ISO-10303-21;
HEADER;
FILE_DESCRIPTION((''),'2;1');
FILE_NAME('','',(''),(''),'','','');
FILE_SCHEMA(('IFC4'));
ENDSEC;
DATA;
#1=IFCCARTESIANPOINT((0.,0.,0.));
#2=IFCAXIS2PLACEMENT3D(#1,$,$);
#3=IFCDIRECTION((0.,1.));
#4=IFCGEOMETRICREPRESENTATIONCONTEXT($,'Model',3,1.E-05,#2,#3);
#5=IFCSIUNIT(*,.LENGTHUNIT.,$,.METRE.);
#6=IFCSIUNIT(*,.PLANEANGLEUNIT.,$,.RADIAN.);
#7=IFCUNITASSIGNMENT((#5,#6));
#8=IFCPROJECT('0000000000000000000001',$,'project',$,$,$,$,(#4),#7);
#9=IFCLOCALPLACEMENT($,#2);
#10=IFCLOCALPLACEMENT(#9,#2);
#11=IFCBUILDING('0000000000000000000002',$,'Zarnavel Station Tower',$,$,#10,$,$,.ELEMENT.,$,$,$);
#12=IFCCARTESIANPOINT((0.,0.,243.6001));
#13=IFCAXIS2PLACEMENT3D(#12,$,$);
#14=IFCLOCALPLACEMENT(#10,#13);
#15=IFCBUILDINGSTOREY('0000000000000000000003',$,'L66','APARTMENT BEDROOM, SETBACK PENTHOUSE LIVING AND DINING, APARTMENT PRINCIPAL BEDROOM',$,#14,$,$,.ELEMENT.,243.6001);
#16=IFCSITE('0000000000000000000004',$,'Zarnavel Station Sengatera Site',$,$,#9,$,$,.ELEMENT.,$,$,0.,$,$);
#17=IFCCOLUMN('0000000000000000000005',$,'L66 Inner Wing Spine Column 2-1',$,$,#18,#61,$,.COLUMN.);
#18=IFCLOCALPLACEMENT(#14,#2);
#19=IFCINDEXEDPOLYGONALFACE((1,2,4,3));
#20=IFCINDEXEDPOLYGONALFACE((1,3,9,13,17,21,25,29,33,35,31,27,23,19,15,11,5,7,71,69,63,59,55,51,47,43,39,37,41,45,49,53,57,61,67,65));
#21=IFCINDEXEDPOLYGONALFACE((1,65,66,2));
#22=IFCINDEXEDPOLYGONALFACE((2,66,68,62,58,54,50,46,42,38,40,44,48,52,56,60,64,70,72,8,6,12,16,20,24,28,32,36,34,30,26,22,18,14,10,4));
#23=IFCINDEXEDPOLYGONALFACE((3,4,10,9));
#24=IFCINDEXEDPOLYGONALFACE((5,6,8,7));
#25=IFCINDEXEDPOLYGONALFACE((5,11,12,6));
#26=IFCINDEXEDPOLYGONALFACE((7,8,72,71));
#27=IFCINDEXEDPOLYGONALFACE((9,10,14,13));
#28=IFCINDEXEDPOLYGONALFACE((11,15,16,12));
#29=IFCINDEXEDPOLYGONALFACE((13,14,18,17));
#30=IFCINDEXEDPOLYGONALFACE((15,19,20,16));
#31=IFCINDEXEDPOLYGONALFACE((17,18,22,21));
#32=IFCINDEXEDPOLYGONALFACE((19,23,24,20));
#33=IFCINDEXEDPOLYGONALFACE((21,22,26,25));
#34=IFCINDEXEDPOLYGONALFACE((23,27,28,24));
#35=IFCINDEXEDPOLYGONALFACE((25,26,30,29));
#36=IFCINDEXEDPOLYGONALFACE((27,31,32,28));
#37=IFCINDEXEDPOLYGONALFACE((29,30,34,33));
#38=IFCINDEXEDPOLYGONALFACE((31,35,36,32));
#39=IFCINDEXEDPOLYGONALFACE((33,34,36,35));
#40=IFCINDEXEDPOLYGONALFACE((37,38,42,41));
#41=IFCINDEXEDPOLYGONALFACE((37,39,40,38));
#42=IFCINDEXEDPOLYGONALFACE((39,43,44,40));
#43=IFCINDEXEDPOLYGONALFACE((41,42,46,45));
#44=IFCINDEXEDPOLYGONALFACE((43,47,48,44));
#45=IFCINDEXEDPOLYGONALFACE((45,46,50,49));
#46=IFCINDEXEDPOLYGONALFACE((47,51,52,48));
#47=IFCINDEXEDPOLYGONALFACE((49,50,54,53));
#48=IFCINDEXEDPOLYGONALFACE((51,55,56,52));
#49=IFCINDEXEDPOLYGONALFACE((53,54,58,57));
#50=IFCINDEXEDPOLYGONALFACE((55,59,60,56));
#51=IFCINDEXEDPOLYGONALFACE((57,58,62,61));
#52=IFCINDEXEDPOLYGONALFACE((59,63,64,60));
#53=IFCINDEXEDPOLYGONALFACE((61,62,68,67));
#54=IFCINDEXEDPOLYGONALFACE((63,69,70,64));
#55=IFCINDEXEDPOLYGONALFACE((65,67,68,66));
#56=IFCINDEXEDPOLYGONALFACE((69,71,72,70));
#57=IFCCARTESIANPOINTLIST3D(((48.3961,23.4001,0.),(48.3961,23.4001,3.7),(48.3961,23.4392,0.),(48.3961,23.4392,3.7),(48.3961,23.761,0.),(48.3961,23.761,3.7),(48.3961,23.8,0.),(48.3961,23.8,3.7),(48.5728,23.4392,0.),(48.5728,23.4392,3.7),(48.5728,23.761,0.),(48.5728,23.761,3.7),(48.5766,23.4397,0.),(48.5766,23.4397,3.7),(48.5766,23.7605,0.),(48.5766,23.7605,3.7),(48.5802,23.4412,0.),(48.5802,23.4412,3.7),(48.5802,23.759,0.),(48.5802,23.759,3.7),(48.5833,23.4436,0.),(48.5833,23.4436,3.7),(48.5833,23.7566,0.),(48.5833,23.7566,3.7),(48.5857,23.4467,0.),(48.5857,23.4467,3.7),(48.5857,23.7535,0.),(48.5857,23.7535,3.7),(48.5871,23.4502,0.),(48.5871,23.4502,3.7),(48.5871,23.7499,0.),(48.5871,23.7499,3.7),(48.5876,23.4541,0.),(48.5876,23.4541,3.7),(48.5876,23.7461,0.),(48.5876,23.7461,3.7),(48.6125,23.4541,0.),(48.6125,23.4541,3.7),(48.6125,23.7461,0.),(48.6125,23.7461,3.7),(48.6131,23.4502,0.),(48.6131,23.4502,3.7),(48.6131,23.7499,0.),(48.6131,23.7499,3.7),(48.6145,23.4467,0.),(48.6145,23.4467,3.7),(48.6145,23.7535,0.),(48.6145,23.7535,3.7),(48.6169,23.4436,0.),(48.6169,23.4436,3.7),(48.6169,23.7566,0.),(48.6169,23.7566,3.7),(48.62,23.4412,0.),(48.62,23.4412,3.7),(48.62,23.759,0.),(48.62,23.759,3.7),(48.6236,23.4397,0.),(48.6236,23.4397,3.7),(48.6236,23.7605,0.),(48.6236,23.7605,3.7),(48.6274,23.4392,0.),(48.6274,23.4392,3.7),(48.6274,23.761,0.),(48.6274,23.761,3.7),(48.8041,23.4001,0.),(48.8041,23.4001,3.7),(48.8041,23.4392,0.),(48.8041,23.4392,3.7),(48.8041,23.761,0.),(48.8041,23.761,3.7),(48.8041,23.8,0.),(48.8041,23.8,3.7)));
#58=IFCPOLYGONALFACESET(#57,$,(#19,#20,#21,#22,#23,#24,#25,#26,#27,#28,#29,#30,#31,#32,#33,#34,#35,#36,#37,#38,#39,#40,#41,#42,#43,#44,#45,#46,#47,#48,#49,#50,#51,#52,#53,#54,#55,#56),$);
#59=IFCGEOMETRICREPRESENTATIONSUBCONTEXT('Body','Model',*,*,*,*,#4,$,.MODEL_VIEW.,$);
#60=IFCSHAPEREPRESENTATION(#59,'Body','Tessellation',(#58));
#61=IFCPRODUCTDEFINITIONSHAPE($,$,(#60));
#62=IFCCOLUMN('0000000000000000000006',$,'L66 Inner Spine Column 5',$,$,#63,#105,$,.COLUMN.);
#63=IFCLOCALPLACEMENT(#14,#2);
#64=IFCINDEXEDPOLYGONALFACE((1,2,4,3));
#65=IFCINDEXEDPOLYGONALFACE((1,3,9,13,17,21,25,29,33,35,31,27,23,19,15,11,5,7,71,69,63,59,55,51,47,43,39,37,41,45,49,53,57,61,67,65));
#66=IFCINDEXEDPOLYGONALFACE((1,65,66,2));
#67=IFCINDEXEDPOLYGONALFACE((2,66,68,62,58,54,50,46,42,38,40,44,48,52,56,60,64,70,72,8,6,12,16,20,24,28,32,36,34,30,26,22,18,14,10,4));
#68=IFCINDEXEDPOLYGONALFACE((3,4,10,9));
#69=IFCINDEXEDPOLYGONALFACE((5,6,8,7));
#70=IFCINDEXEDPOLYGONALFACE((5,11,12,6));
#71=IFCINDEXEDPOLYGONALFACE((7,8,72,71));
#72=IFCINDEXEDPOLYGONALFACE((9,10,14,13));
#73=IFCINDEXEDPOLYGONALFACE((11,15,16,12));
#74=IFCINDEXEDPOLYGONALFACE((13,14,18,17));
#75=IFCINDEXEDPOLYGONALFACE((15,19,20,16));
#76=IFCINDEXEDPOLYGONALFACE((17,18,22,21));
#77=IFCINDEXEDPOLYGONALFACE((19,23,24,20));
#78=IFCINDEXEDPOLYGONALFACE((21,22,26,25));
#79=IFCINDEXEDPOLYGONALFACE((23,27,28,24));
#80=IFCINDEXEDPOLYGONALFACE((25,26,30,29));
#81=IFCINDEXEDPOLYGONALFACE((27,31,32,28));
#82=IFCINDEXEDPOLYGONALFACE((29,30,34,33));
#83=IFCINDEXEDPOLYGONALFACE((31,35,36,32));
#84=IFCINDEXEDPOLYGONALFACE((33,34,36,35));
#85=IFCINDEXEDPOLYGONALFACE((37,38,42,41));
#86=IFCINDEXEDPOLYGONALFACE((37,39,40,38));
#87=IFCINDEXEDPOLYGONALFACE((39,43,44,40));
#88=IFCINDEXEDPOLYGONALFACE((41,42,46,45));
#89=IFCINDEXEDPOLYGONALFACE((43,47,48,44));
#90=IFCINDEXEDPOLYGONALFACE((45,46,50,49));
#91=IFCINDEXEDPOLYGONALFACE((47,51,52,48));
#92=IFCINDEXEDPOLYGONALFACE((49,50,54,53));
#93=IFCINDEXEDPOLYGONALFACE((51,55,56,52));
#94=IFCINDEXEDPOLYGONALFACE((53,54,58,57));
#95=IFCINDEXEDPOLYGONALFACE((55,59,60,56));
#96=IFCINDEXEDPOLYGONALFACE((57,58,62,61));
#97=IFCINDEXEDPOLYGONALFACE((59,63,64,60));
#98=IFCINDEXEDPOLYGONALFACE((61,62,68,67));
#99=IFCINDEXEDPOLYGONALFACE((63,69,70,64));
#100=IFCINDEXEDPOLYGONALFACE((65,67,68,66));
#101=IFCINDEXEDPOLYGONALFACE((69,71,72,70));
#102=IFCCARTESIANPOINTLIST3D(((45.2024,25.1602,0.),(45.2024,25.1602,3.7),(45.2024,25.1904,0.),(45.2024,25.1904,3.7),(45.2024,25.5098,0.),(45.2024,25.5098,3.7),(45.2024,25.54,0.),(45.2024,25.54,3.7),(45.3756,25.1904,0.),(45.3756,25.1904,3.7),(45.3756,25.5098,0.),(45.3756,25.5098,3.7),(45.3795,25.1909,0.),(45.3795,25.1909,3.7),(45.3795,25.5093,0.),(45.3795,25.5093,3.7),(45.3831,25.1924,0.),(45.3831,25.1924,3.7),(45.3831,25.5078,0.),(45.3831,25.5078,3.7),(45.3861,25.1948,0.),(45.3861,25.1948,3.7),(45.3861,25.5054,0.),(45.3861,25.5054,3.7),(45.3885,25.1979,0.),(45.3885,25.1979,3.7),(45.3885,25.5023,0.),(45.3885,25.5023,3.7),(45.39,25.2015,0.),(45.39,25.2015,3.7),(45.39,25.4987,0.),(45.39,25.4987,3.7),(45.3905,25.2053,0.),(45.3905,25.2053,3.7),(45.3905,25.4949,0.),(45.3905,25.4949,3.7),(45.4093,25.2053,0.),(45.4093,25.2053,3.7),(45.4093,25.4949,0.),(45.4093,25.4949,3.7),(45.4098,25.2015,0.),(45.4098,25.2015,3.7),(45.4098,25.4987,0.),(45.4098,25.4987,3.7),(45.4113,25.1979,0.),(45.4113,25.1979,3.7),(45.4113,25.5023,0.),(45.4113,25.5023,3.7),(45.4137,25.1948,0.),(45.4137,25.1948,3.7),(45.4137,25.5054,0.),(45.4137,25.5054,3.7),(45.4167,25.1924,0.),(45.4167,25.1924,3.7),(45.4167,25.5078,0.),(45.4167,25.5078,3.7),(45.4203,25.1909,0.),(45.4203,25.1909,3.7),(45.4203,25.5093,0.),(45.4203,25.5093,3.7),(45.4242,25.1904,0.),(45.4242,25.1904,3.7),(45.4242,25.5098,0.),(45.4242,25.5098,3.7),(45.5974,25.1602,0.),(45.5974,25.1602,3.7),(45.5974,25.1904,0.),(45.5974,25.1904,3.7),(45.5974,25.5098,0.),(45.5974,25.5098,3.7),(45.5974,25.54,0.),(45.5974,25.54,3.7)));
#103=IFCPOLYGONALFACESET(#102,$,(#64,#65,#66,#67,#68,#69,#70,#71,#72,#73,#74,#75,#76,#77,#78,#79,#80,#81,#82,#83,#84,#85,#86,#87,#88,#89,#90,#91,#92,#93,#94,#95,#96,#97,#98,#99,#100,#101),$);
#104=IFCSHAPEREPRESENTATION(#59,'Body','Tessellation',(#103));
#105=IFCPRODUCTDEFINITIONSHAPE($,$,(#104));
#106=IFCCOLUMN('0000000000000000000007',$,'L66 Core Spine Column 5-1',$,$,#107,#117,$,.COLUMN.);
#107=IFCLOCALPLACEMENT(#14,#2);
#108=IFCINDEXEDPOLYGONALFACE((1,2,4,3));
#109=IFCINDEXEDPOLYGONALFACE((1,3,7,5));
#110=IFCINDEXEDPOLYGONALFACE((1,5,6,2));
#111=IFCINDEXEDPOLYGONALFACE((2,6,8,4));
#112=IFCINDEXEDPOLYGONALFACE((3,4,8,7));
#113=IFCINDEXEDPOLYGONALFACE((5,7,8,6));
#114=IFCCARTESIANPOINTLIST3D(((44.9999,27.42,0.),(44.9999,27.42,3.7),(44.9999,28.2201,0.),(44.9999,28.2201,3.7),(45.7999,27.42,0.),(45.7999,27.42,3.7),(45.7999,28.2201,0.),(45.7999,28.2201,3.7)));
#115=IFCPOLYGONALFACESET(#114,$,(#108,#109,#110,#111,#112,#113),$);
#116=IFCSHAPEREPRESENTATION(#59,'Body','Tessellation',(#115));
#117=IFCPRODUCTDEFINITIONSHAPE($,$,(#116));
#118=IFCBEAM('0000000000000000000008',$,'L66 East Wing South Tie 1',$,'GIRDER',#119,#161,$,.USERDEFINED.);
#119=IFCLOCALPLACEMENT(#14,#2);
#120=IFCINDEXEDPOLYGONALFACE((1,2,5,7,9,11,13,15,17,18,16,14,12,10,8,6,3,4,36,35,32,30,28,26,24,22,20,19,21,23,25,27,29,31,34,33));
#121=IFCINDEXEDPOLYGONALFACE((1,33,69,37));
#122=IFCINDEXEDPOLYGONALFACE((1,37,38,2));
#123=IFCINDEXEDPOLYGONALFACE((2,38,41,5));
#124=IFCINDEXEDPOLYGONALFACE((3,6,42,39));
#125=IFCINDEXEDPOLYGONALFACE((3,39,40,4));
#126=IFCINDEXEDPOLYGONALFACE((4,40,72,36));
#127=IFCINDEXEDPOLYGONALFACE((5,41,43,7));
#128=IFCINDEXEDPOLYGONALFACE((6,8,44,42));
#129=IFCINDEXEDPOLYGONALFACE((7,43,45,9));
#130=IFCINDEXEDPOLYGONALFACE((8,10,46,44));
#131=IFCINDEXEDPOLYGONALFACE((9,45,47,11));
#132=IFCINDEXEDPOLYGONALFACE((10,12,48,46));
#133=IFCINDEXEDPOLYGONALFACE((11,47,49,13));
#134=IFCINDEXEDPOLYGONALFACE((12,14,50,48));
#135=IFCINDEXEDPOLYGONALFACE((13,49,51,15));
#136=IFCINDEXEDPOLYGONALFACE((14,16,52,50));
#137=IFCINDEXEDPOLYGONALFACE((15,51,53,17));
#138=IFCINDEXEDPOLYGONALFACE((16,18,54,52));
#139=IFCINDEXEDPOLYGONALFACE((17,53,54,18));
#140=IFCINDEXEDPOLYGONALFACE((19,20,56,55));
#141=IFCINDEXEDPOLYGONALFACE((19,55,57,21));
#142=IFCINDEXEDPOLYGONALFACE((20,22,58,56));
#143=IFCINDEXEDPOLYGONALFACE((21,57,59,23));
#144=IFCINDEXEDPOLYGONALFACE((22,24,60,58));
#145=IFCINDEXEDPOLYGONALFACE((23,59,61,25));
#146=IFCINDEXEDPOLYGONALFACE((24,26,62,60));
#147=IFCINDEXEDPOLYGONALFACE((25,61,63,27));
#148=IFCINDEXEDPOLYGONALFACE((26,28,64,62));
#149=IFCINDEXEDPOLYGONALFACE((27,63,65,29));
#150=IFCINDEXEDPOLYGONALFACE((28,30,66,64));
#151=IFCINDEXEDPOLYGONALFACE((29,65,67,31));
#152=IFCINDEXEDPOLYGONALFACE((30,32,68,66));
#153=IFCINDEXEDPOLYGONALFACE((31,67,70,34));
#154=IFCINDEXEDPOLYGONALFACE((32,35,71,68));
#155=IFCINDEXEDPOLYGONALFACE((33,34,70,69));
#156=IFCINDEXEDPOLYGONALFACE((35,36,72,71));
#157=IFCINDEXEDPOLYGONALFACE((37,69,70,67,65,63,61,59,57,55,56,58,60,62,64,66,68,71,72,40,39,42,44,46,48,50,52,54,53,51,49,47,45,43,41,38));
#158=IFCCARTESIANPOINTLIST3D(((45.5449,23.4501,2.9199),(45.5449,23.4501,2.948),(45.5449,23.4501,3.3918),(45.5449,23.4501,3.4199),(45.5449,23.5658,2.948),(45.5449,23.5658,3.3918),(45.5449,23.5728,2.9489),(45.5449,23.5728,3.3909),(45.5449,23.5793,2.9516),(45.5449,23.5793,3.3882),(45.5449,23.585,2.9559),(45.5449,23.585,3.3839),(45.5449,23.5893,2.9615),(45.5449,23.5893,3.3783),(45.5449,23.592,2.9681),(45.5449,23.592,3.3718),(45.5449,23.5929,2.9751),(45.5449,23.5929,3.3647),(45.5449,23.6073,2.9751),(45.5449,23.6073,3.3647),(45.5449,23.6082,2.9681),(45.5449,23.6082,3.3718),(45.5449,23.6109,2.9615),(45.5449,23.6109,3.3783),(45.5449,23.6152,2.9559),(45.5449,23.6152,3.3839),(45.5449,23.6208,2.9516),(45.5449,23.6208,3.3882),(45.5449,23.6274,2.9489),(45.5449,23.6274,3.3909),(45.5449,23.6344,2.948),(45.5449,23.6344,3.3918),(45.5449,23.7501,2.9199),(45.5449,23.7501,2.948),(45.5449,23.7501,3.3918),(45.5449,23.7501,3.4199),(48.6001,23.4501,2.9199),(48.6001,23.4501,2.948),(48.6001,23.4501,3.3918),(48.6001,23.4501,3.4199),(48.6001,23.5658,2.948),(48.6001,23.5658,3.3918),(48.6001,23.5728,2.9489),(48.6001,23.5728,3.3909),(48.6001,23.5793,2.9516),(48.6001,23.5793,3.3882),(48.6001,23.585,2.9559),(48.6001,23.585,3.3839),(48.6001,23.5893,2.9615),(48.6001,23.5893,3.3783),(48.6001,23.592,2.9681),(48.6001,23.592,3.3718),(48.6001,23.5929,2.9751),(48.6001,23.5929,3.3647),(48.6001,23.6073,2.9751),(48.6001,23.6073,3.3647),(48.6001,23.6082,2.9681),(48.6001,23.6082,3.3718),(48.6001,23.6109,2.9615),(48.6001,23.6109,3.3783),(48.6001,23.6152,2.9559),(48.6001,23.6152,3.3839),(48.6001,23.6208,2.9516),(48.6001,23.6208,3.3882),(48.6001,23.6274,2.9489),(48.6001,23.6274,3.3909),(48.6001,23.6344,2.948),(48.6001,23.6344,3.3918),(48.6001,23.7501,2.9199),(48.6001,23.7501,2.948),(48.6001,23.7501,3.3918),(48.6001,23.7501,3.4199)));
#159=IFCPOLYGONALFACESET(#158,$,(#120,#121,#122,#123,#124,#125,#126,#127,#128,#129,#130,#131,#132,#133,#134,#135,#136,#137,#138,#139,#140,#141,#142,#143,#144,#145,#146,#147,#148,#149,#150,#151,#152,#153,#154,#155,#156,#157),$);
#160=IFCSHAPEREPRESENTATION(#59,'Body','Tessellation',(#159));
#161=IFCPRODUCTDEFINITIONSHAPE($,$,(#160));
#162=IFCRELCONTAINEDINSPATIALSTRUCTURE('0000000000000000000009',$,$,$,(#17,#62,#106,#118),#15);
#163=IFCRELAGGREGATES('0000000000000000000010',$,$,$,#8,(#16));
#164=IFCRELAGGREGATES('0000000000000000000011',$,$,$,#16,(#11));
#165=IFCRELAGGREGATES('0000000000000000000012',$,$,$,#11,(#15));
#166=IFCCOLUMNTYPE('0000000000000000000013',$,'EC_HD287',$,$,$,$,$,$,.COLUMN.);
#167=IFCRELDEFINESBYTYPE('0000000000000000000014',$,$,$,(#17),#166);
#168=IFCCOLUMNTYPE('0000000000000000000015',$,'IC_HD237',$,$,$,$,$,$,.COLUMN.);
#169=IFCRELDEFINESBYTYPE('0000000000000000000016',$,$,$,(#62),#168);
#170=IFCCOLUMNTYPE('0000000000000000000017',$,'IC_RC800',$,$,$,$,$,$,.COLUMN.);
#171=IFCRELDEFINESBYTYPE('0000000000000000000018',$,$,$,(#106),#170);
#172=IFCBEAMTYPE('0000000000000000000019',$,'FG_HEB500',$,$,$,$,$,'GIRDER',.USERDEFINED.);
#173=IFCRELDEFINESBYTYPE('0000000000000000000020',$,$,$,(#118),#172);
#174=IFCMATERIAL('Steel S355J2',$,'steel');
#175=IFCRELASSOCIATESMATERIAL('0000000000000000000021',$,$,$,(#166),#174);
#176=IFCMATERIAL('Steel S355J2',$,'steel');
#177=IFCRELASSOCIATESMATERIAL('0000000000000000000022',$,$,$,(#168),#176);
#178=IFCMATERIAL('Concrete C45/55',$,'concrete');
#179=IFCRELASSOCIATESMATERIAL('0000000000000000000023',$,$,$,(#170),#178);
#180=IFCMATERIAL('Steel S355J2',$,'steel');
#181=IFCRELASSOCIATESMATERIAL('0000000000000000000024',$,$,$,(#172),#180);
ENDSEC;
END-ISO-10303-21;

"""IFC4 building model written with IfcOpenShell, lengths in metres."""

from ifc_helpers import new_model, si_unit, direction, frame, origin, origin_2d, place, context, subcontext, project, spatial, rectangle, i_section, extrude, material, material_profile, profile_set, type_object, element, save


model = new_model("IFC4")

# Units and contexts
model_context = context("Model", 3, precision=1e-05, world=origin(), true_north=direction((0.0, 1.0)))
body_context = subcontext(model_context, "Body", "Model", "MODEL_VIEW")
ifc_project = project(units=[si_unit("LENGTHUNIT", "METRE"), si_unit("PLANEANGLEUNIT", "RADIAN")], contexts=[model_context])

# Site, building, storey
site_placement = place(None, origin())
site = spatial("IfcSite", under=ifc_project, at=site_placement, Name="Zarnavel Station Sengatera Site", CompositionType="ELEMENT", RefElevation=0.0)
building_placement = place(site_placement, origin())
building = spatial("IfcBuilding", under=site, at=building_placement, Name="Zarnavel Station Tower", CompositionType="ELEMENT")
storey_placement = place(building_placement, frame((0.0, 0.0, 243.6001)))
storey = spatial("IfcBuildingStorey", under=building, at=storey_placement, Name="L66", Description="APARTMENT BEDROOM, SETBACK PENTHOUSE LIVING AND DINING, APARTMENT PRINCIPAL BEDROOM", CompositionType="ELEMENT", Elevation=243.6001)

# Columns
ifc_material_1 = material(Name="Steel S355J2", Category="steel")
ifc_material_profile_1 = material_profile(ifc_material_1, i_section(OverallWidth=0.408, OverallDepth=0.3999, WebThickness=0.0249, FlangeThickness=0.0391, FilletRadius=0.0149, at=origin_2d()), Name="HD400x287")
ifc_profile_set_1 = profile_set([ifc_material_profile_1], Name="Steel S355J2")
column_type_1 = type_object("IfcColumnType", Name="EC_HD287", PredefinedType="COLUMN", material=ifc_profile_set_1)
column_1_placement = place(storey_placement, frame((48.6001, 23.6001, 0.0), z_axis=(0.0, 0.0, 1.0), x_axis=(1.0, 0.0, 0.0)))
element("IfcColumn", 1, at=column_1_placement, inside=storey, type_object=column_type_1, Name="L66 Inner Wing Spine Column 2-1", PredefinedType="COLUMN", context=body_context, shape_type="SweptSolid", body=[
    extrude(i_section(OverallWidth=0.408, OverallDepth=0.3999, WebThickness=0.0249, FlangeThickness=0.0391, FilletRadius=0.0149, at=origin_2d()), origin(), (0.0, 0.0, 1.0), 3.7),
])
ifc_material_2 = material(Name="Steel S355J2", Category="steel")
ifc_material_profile_2 = material_profile(ifc_material_2, i_section(OverallWidth=0.395, OverallDepth=0.3799, WebThickness=0.0188, FlangeThickness=0.0303, FilletRadius=0.0149, at=origin_2d()), Name="HD400x237")
ifc_profile_set_2 = profile_set([ifc_material_profile_2], Name="Steel S355J2")
column_type_2 = type_object("IfcColumnType", Name="IC_HD237", PredefinedType="COLUMN", material=ifc_profile_set_2)
column_2_placement = place(storey_placement, frame((45.3999, 25.3501, 0.0), z_axis=(0.0, 0.0, 1.0), x_axis=(1.0, 0.0, 0.0)))
element("IfcColumn", 2, at=column_2_placement, inside=storey, type_object=column_type_2, Name="L66 Inner Spine Column 5", PredefinedType="COLUMN", context=body_context, shape_type="SweptSolid", body=[
    extrude(i_section(OverallWidth=0.395, OverallDepth=0.3799, WebThickness=0.0188, FlangeThickness=0.0303, FilletRadius=0.0149, at=origin_2d()), origin(), (0.0, 0.0, 1.0), 3.7),
])
ifc_material_3 = material(Name="Concrete C45/55", Category="concrete")
ifc_material_profile_3 = material_profile(ifc_material_3, rectangle(XDim=0.8, YDim=0.8, at=origin_2d()), Name="RC800x800")
ifc_profile_set_3 = profile_set([ifc_material_profile_3], Name="Concrete C45/55")
column_type_3 = type_object("IfcColumnType", Name="IC_RC800", PredefinedType="COLUMN", material=ifc_profile_set_3)
column_3_placement = place(storey_placement, frame((45.3999, 27.8201, 0.0), z_axis=(0.0, 0.0, 1.0), x_axis=(1.0, 0.0, 0.0)))
element("IfcColumn", 3, at=column_3_placement, inside=storey, type_object=column_type_3, Name="L66 Core Spine Column 5-1", PredefinedType="COLUMN", context=body_context, shape_type="SweptSolid", body=[
    extrude(rectangle(XDim=0.8, YDim=0.8, at=origin_2d()), origin(), (0.0, 0.0, 1.0), 3.7),
])

# Beam
ifc_material_4 = material(Name="Steel S355J2", Category="steel")
ifc_material_profile_4 = material_profile(ifc_material_4, i_section(OverallWidth=0.3, OverallDepth=0.5, WebThickness=0.0144, FlangeThickness=0.0281, FilletRadius=0.0271, at=origin_2d()), Name="HEB500")
ifc_profile_set_4 = profile_set([ifc_material_profile_4], Name="Steel S355J2")
beam_type_1 = type_object("IfcBeamType", Name="FG_HEB500", ElementType="GIRDER", PredefinedType="USERDEFINED", material=ifc_profile_set_4)
beam_1_placement = place(storey_placement, frame((45.5449, 23.6001, 3.1699), z_axis=(1.0, 0.0, 0.0), x_axis=(0.0, 1.0, 0.0)))
element("IfcBeam", 4, at=beam_1_placement, inside=storey, type_object=beam_type_1, Name="L66 East Wing South Tie 1", ObjectType="GIRDER", PredefinedType="USERDEFINED", context=body_context, shape_type="SweptSolid", body=[
    extrude(i_section(OverallWidth=0.3, OverallDepth=0.5, WebThickness=0.0144, FlangeThickness=0.0281, FilletRadius=0.0271, at=origin_2d()), origin(), (0.0, 0.0, 1.0), 3.0552),
])

save(model, "model.ifc")
